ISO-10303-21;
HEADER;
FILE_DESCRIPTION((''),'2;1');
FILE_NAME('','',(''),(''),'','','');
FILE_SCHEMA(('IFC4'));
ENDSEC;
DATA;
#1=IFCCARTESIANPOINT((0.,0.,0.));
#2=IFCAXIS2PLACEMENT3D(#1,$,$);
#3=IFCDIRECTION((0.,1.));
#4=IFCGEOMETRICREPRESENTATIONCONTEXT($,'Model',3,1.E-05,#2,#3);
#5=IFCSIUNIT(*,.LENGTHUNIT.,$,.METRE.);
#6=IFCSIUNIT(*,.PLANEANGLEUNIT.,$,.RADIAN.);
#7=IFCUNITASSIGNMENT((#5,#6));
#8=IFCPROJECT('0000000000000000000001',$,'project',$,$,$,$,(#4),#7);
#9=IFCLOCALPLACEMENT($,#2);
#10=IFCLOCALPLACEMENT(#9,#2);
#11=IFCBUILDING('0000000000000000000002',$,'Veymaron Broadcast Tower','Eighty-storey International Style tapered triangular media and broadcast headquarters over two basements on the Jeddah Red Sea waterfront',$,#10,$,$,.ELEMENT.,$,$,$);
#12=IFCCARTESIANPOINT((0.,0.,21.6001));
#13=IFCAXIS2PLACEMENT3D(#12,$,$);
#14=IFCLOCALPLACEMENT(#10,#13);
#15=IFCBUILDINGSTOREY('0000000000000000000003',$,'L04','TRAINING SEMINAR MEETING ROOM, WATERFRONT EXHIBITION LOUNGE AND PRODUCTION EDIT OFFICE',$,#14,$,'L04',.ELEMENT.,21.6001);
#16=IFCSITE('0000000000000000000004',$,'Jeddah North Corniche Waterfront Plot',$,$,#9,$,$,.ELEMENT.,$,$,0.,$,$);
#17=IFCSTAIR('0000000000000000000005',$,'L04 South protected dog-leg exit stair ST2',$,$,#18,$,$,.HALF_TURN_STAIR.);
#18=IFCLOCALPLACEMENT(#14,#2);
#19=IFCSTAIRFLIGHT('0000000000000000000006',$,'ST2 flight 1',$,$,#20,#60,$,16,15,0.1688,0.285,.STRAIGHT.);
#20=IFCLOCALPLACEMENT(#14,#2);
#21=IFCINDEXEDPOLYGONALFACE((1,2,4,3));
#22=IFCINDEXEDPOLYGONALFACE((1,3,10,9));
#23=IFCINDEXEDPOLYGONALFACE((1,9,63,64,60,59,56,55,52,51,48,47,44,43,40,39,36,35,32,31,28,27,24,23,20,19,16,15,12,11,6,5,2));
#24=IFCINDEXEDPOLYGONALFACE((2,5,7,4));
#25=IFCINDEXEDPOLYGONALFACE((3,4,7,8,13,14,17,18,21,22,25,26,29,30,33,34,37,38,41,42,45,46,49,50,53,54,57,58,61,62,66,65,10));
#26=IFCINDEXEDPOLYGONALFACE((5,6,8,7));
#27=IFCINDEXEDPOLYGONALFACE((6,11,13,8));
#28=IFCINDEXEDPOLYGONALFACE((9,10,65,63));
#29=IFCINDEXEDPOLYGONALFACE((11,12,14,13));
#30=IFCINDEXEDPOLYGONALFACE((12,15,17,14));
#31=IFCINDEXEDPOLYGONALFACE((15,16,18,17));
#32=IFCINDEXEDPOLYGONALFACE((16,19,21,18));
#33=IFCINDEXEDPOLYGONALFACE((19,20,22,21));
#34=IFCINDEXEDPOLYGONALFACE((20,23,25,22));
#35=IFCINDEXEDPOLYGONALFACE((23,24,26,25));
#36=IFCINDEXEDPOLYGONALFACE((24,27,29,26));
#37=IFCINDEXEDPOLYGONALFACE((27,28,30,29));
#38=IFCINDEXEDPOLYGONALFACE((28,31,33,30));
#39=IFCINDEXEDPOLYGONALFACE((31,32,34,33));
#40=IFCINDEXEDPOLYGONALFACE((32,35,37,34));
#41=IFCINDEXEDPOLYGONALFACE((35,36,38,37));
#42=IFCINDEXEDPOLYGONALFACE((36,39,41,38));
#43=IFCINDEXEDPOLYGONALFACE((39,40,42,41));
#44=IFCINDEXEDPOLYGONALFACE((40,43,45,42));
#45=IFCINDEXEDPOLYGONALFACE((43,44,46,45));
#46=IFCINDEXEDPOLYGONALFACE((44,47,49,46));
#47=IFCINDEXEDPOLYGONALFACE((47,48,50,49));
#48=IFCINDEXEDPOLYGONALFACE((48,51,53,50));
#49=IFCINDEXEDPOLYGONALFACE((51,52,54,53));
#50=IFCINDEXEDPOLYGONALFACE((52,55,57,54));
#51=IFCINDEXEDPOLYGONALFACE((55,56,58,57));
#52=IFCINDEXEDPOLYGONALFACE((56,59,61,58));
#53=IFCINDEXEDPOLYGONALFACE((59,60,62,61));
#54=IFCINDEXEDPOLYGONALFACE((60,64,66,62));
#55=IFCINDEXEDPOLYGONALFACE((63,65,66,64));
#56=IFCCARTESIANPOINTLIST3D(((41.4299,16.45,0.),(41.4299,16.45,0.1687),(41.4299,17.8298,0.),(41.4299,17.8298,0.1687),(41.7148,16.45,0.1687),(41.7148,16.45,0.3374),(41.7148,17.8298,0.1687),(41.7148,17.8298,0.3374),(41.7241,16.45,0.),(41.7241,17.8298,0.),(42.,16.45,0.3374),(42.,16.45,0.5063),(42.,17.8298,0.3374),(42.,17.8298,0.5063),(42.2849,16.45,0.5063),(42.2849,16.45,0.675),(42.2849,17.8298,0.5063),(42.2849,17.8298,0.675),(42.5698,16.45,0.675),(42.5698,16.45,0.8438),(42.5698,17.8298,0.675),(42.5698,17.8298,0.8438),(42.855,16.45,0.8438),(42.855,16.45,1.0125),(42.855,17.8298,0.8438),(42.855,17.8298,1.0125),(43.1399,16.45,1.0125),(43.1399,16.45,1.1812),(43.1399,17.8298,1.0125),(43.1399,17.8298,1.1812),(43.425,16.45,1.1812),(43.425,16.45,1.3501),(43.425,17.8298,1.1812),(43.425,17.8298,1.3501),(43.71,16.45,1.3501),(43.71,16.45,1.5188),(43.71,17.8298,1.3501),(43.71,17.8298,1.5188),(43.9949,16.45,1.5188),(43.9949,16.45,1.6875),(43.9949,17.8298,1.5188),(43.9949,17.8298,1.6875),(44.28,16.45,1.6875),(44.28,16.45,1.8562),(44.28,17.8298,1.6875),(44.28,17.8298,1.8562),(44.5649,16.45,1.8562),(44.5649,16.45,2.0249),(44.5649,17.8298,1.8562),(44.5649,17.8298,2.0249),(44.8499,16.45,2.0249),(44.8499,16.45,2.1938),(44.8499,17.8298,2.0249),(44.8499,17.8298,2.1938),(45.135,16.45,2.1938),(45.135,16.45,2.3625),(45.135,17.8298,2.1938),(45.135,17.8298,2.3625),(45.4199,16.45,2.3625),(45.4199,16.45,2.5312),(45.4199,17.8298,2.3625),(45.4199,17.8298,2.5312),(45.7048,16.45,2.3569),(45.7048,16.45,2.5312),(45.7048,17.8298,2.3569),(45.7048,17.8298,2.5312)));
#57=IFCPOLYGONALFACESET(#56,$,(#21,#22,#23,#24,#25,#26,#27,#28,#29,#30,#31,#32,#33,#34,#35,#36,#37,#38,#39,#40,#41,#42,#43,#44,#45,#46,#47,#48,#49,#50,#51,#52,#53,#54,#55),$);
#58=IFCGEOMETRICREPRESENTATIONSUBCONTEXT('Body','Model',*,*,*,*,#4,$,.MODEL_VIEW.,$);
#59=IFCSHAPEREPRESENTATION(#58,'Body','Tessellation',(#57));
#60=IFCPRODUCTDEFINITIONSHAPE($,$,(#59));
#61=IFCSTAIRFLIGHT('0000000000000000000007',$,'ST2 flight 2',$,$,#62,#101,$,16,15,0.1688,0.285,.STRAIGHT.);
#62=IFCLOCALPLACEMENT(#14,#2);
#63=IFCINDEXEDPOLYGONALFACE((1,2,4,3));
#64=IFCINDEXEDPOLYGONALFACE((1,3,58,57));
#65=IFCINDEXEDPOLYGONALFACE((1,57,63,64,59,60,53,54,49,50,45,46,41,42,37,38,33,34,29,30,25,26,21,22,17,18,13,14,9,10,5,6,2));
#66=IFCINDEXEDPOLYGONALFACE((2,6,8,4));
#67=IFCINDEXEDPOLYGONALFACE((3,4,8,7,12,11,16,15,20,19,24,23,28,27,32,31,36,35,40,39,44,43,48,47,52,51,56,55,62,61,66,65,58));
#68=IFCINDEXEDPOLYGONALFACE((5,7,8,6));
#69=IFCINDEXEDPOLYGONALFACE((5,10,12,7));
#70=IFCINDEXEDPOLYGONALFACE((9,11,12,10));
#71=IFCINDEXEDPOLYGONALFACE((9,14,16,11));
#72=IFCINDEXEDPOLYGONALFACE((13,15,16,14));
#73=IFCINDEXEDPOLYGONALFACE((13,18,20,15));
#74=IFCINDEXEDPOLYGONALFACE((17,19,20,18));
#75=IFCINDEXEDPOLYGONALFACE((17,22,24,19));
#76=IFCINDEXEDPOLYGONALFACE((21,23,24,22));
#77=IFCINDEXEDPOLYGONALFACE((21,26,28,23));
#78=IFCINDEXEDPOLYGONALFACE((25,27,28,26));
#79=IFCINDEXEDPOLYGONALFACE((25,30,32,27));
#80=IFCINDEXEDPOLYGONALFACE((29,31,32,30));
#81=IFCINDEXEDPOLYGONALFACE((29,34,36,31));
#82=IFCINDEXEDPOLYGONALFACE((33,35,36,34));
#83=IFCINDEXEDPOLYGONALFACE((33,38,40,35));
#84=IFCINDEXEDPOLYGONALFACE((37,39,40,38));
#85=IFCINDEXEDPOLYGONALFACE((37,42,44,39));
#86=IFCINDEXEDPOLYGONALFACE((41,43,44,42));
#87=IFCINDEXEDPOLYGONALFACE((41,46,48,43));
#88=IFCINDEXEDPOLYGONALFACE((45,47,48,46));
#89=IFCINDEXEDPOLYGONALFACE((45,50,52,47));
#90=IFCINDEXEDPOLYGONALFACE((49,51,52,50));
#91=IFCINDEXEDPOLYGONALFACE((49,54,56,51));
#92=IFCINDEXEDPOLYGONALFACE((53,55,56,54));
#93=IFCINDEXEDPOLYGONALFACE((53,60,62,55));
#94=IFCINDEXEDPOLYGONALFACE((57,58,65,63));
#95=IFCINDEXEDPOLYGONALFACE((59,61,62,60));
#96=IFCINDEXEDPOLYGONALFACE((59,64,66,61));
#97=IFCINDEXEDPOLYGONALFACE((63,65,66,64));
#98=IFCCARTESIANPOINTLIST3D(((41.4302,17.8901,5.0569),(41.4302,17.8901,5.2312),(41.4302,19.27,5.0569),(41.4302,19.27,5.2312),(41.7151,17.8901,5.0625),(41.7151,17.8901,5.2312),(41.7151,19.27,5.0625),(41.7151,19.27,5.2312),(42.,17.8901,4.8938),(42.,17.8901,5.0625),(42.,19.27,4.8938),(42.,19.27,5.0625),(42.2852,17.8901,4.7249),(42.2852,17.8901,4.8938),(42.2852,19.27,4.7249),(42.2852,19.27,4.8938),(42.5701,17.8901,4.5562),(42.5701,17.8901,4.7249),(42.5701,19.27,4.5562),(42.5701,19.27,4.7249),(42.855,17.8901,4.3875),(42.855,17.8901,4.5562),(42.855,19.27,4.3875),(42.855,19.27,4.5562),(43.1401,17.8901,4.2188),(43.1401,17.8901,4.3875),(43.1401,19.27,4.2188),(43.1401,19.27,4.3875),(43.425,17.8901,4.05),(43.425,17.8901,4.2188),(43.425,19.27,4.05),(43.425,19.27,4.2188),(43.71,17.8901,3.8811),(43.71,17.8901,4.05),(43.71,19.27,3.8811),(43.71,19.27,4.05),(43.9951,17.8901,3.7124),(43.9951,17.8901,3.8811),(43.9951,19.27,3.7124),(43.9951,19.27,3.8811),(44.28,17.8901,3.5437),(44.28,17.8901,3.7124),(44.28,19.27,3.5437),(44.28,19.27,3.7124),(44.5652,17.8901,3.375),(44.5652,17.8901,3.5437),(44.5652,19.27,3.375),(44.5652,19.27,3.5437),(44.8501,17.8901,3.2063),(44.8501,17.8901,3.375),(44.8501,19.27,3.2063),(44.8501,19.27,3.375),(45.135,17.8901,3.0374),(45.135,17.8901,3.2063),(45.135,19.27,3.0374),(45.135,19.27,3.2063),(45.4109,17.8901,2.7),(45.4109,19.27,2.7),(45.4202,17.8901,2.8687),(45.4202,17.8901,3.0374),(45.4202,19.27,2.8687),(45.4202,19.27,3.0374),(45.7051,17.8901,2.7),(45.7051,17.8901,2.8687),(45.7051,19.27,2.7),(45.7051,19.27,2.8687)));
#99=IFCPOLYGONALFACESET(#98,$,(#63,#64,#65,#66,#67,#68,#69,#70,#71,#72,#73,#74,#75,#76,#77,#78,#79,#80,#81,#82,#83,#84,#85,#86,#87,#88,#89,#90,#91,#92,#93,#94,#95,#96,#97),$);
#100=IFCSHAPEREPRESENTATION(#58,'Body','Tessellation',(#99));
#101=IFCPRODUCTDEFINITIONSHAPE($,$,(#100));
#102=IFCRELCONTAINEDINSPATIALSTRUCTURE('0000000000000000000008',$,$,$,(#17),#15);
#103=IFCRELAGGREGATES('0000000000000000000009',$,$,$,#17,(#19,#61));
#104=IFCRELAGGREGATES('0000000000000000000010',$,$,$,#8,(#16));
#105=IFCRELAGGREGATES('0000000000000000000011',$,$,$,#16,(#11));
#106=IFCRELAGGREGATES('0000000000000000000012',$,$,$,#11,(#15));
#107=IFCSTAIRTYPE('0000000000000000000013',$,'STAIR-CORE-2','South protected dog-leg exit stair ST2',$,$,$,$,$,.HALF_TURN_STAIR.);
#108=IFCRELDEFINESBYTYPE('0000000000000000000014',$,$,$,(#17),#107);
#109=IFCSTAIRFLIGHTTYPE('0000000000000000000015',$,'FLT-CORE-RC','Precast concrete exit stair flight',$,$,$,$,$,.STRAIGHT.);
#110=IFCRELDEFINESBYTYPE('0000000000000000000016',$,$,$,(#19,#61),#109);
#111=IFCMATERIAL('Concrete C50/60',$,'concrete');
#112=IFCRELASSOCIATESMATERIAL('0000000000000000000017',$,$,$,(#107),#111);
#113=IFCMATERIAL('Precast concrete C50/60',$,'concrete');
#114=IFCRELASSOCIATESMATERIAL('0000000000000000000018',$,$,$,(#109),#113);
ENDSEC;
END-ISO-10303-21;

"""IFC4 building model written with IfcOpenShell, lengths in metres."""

from ifc_helpers import new_model, si_unit, direction, frame, origin, place, context, subcontext, project, spatial, polyline, outline, extrude, material, type_object, element, aggregate, save


model = new_model("IFC4")

# Units and contexts
model_context = context("Model", 3, precision=1e-05, world=origin(), true_north=direction((0.0, 1.0)))
body_context = subcontext(model_context, "Body", "Model", "MODEL_VIEW")
ifc_project = project(units=[si_unit("LENGTHUNIT", "METRE"), si_unit("PLANEANGLEUNIT", "RADIAN")], contexts=[model_context])

# Site, building, storey
site_placement = place(None, origin())
site = spatial("IfcSite", under=ifc_project, at=site_placement, Name="Jeddah North Corniche Waterfront Plot", CompositionType="ELEMENT", RefElevation=0.0)
building_placement = place(site_placement, origin())
building = spatial("IfcBuilding", under=site, at=building_placement, Name="Veymaron Broadcast Tower", Description="Eighty-storey International Style tapered triangular media and broadcast headquarters over two basements on the Jeddah Red Sea waterfront", CompositionType="ELEMENT")
storey_placement = place(building_placement, frame((0.0, 0.0, 21.6001)))
storey = spatial("IfcBuildingStorey", under=building, at=storey_placement, Name="L04", Description="TRAINING SEMINAR MEETING ROOM, WATERFRONT EXHIBITION LOUNGE AND PRODUCTION EDIT OFFICE", LongName="L04", CompositionType="ELEMENT", Elevation=21.6001)

# Shared definitions
ifc_material_1 = material(Name="Concrete C50/60", Category="concrete")

# Stair, stair flights
stair_type = type_object("IfcStairType", Name="STAIR-CORE-2", Description="South protected dog-leg exit stair ST2", PredefinedType="HALF_TURN_STAIR", material=ifc_material_1)
stair_placement = place(storey_placement, origin())
stair = element("IfcStair", 1, at=stair_placement, inside=storey, type_object=stair_type, Name="L04 South protected dog-leg exit stair ST2", PredefinedType="HALF_TURN_STAIR")
ifc_material_2 = material(Name="Precast concrete C50/60", Category="concrete")
stair_flight_type = type_object("IfcStairFlightType", Name="FLT-CORE-RC", Description="Precast concrete exit stair flight", PredefinedType="STRAIGHT", material=ifc_material_2)
stair_flight_1_placement = place(storey_placement, frame((41.4299, 17.1399, 0.0), z_axis=(0.0, 0.0, 1.0), x_axis=(1.0, 0.0, 0.0)))
stair_flight_1 = element("IfcStairFlight", 2, at=stair_flight_1_placement, type_object=stair_flight_type, Name="ST2 flight 1", NumberOfRisers=16, NumberOfTreads=15, PredefinedType="STRAIGHT", RiserHeight=0.1688, TreadLength=0.285, context=body_context, shape_type="SweptSolid", body=[
    extrude(outline(polyline([(0.0, 0.0), (0.0, 0.1687), (0.2849, 0.1687), (0.2849, 0.3374), (0.5701, 0.3374), (0.5701, 0.5063), (0.855, 0.5063), (0.855, 0.675), (1.1399, 0.675), (1.1399, 0.8438), (1.425, 0.8438), (1.425, 1.0125), (1.71, 1.0125), (1.71, 1.1812), (1.9951, 1.1812), (1.9951, 1.3501), (2.28, 1.3501), (2.28, 1.5188), (2.5649, 1.5188), (2.5649, 1.6875), (2.8501, 1.6875), (2.8501, 1.8562), (3.135, 1.8562), (3.135, 2.0249), (3.4199, 2.0249), (3.4199, 2.1938), (3.7051, 2.1938), (3.7051, 2.3625), (3.99, 2.3625), (3.99, 2.5312), (4.2749, 2.5312), (4.2749, 2.7), (4.2749, 2.3569), (0.2942, 0.0), (0.0, 0.0)])), frame((0.0, 0.6899, 0.0), z_axis=(0.0, -1.0, 0.0), x_axis=(1.0, 0.0, 0.0)), (0.0, 0.0, 1.0), 1.3799),
])
stair_flight_2_placement = place(storey_placement, frame((45.7051, 18.5801, 2.7), z_axis=(0.0, 0.0, 1.0), x_axis=(-1.0, 0.0, 0.0)))
stair_flight_2 = element("IfcStairFlight", 3, at=stair_flight_2_placement, type_object=stair_flight_type, Name="ST2 flight 2", NumberOfRisers=16, NumberOfTreads=15, PredefinedType="STRAIGHT", RiserHeight=0.1688, TreadLength=0.285, context=body_context, shape_type="SweptSolid", body=[
    extrude(outline(polyline([(0.0, 0.0), (0.0, 0.1687), (0.2849, 0.1687), (0.2849, 0.3374), (0.5701, 0.3374), (0.5701, 0.5063), (0.855, 0.5063), (0.855, 0.675), (1.1399, 0.675), (1.1399, 0.8438), (1.425, 0.8438), (1.425, 1.0125), (1.71, 1.0125), (1.71, 1.1812), (1.9951, 1.1812), (1.9951, 1.3501), (2.28, 1.3501), (2.28, 1.5188), (2.5649, 1.5188), (2.5649, 1.6875), (2.8501, 1.6875), (2.8501, 1.8562), (3.135, 1.8562), (3.135, 2.0249), (3.4199, 2.0249), (3.4199, 2.1938), (3.7051, 2.1938), (3.7051, 2.3625), (3.99, 2.3625), (3.99, 2.5312), (4.2749, 2.5312), (4.2749, 2.7), (4.2749, 2.3569), (0.2942, 0.0), (0.0, 0.0)])), frame((0.0, 0.6899, 0.0), z_axis=(0.0, -1.0, 0.0), x_axis=(1.0, 0.0, 0.0)), (0.0, 0.0, 1.0), 1.3799),
])
aggregate(stair, [stair_flight_1, stair_flight_2])

save(model, "model.ifc")
